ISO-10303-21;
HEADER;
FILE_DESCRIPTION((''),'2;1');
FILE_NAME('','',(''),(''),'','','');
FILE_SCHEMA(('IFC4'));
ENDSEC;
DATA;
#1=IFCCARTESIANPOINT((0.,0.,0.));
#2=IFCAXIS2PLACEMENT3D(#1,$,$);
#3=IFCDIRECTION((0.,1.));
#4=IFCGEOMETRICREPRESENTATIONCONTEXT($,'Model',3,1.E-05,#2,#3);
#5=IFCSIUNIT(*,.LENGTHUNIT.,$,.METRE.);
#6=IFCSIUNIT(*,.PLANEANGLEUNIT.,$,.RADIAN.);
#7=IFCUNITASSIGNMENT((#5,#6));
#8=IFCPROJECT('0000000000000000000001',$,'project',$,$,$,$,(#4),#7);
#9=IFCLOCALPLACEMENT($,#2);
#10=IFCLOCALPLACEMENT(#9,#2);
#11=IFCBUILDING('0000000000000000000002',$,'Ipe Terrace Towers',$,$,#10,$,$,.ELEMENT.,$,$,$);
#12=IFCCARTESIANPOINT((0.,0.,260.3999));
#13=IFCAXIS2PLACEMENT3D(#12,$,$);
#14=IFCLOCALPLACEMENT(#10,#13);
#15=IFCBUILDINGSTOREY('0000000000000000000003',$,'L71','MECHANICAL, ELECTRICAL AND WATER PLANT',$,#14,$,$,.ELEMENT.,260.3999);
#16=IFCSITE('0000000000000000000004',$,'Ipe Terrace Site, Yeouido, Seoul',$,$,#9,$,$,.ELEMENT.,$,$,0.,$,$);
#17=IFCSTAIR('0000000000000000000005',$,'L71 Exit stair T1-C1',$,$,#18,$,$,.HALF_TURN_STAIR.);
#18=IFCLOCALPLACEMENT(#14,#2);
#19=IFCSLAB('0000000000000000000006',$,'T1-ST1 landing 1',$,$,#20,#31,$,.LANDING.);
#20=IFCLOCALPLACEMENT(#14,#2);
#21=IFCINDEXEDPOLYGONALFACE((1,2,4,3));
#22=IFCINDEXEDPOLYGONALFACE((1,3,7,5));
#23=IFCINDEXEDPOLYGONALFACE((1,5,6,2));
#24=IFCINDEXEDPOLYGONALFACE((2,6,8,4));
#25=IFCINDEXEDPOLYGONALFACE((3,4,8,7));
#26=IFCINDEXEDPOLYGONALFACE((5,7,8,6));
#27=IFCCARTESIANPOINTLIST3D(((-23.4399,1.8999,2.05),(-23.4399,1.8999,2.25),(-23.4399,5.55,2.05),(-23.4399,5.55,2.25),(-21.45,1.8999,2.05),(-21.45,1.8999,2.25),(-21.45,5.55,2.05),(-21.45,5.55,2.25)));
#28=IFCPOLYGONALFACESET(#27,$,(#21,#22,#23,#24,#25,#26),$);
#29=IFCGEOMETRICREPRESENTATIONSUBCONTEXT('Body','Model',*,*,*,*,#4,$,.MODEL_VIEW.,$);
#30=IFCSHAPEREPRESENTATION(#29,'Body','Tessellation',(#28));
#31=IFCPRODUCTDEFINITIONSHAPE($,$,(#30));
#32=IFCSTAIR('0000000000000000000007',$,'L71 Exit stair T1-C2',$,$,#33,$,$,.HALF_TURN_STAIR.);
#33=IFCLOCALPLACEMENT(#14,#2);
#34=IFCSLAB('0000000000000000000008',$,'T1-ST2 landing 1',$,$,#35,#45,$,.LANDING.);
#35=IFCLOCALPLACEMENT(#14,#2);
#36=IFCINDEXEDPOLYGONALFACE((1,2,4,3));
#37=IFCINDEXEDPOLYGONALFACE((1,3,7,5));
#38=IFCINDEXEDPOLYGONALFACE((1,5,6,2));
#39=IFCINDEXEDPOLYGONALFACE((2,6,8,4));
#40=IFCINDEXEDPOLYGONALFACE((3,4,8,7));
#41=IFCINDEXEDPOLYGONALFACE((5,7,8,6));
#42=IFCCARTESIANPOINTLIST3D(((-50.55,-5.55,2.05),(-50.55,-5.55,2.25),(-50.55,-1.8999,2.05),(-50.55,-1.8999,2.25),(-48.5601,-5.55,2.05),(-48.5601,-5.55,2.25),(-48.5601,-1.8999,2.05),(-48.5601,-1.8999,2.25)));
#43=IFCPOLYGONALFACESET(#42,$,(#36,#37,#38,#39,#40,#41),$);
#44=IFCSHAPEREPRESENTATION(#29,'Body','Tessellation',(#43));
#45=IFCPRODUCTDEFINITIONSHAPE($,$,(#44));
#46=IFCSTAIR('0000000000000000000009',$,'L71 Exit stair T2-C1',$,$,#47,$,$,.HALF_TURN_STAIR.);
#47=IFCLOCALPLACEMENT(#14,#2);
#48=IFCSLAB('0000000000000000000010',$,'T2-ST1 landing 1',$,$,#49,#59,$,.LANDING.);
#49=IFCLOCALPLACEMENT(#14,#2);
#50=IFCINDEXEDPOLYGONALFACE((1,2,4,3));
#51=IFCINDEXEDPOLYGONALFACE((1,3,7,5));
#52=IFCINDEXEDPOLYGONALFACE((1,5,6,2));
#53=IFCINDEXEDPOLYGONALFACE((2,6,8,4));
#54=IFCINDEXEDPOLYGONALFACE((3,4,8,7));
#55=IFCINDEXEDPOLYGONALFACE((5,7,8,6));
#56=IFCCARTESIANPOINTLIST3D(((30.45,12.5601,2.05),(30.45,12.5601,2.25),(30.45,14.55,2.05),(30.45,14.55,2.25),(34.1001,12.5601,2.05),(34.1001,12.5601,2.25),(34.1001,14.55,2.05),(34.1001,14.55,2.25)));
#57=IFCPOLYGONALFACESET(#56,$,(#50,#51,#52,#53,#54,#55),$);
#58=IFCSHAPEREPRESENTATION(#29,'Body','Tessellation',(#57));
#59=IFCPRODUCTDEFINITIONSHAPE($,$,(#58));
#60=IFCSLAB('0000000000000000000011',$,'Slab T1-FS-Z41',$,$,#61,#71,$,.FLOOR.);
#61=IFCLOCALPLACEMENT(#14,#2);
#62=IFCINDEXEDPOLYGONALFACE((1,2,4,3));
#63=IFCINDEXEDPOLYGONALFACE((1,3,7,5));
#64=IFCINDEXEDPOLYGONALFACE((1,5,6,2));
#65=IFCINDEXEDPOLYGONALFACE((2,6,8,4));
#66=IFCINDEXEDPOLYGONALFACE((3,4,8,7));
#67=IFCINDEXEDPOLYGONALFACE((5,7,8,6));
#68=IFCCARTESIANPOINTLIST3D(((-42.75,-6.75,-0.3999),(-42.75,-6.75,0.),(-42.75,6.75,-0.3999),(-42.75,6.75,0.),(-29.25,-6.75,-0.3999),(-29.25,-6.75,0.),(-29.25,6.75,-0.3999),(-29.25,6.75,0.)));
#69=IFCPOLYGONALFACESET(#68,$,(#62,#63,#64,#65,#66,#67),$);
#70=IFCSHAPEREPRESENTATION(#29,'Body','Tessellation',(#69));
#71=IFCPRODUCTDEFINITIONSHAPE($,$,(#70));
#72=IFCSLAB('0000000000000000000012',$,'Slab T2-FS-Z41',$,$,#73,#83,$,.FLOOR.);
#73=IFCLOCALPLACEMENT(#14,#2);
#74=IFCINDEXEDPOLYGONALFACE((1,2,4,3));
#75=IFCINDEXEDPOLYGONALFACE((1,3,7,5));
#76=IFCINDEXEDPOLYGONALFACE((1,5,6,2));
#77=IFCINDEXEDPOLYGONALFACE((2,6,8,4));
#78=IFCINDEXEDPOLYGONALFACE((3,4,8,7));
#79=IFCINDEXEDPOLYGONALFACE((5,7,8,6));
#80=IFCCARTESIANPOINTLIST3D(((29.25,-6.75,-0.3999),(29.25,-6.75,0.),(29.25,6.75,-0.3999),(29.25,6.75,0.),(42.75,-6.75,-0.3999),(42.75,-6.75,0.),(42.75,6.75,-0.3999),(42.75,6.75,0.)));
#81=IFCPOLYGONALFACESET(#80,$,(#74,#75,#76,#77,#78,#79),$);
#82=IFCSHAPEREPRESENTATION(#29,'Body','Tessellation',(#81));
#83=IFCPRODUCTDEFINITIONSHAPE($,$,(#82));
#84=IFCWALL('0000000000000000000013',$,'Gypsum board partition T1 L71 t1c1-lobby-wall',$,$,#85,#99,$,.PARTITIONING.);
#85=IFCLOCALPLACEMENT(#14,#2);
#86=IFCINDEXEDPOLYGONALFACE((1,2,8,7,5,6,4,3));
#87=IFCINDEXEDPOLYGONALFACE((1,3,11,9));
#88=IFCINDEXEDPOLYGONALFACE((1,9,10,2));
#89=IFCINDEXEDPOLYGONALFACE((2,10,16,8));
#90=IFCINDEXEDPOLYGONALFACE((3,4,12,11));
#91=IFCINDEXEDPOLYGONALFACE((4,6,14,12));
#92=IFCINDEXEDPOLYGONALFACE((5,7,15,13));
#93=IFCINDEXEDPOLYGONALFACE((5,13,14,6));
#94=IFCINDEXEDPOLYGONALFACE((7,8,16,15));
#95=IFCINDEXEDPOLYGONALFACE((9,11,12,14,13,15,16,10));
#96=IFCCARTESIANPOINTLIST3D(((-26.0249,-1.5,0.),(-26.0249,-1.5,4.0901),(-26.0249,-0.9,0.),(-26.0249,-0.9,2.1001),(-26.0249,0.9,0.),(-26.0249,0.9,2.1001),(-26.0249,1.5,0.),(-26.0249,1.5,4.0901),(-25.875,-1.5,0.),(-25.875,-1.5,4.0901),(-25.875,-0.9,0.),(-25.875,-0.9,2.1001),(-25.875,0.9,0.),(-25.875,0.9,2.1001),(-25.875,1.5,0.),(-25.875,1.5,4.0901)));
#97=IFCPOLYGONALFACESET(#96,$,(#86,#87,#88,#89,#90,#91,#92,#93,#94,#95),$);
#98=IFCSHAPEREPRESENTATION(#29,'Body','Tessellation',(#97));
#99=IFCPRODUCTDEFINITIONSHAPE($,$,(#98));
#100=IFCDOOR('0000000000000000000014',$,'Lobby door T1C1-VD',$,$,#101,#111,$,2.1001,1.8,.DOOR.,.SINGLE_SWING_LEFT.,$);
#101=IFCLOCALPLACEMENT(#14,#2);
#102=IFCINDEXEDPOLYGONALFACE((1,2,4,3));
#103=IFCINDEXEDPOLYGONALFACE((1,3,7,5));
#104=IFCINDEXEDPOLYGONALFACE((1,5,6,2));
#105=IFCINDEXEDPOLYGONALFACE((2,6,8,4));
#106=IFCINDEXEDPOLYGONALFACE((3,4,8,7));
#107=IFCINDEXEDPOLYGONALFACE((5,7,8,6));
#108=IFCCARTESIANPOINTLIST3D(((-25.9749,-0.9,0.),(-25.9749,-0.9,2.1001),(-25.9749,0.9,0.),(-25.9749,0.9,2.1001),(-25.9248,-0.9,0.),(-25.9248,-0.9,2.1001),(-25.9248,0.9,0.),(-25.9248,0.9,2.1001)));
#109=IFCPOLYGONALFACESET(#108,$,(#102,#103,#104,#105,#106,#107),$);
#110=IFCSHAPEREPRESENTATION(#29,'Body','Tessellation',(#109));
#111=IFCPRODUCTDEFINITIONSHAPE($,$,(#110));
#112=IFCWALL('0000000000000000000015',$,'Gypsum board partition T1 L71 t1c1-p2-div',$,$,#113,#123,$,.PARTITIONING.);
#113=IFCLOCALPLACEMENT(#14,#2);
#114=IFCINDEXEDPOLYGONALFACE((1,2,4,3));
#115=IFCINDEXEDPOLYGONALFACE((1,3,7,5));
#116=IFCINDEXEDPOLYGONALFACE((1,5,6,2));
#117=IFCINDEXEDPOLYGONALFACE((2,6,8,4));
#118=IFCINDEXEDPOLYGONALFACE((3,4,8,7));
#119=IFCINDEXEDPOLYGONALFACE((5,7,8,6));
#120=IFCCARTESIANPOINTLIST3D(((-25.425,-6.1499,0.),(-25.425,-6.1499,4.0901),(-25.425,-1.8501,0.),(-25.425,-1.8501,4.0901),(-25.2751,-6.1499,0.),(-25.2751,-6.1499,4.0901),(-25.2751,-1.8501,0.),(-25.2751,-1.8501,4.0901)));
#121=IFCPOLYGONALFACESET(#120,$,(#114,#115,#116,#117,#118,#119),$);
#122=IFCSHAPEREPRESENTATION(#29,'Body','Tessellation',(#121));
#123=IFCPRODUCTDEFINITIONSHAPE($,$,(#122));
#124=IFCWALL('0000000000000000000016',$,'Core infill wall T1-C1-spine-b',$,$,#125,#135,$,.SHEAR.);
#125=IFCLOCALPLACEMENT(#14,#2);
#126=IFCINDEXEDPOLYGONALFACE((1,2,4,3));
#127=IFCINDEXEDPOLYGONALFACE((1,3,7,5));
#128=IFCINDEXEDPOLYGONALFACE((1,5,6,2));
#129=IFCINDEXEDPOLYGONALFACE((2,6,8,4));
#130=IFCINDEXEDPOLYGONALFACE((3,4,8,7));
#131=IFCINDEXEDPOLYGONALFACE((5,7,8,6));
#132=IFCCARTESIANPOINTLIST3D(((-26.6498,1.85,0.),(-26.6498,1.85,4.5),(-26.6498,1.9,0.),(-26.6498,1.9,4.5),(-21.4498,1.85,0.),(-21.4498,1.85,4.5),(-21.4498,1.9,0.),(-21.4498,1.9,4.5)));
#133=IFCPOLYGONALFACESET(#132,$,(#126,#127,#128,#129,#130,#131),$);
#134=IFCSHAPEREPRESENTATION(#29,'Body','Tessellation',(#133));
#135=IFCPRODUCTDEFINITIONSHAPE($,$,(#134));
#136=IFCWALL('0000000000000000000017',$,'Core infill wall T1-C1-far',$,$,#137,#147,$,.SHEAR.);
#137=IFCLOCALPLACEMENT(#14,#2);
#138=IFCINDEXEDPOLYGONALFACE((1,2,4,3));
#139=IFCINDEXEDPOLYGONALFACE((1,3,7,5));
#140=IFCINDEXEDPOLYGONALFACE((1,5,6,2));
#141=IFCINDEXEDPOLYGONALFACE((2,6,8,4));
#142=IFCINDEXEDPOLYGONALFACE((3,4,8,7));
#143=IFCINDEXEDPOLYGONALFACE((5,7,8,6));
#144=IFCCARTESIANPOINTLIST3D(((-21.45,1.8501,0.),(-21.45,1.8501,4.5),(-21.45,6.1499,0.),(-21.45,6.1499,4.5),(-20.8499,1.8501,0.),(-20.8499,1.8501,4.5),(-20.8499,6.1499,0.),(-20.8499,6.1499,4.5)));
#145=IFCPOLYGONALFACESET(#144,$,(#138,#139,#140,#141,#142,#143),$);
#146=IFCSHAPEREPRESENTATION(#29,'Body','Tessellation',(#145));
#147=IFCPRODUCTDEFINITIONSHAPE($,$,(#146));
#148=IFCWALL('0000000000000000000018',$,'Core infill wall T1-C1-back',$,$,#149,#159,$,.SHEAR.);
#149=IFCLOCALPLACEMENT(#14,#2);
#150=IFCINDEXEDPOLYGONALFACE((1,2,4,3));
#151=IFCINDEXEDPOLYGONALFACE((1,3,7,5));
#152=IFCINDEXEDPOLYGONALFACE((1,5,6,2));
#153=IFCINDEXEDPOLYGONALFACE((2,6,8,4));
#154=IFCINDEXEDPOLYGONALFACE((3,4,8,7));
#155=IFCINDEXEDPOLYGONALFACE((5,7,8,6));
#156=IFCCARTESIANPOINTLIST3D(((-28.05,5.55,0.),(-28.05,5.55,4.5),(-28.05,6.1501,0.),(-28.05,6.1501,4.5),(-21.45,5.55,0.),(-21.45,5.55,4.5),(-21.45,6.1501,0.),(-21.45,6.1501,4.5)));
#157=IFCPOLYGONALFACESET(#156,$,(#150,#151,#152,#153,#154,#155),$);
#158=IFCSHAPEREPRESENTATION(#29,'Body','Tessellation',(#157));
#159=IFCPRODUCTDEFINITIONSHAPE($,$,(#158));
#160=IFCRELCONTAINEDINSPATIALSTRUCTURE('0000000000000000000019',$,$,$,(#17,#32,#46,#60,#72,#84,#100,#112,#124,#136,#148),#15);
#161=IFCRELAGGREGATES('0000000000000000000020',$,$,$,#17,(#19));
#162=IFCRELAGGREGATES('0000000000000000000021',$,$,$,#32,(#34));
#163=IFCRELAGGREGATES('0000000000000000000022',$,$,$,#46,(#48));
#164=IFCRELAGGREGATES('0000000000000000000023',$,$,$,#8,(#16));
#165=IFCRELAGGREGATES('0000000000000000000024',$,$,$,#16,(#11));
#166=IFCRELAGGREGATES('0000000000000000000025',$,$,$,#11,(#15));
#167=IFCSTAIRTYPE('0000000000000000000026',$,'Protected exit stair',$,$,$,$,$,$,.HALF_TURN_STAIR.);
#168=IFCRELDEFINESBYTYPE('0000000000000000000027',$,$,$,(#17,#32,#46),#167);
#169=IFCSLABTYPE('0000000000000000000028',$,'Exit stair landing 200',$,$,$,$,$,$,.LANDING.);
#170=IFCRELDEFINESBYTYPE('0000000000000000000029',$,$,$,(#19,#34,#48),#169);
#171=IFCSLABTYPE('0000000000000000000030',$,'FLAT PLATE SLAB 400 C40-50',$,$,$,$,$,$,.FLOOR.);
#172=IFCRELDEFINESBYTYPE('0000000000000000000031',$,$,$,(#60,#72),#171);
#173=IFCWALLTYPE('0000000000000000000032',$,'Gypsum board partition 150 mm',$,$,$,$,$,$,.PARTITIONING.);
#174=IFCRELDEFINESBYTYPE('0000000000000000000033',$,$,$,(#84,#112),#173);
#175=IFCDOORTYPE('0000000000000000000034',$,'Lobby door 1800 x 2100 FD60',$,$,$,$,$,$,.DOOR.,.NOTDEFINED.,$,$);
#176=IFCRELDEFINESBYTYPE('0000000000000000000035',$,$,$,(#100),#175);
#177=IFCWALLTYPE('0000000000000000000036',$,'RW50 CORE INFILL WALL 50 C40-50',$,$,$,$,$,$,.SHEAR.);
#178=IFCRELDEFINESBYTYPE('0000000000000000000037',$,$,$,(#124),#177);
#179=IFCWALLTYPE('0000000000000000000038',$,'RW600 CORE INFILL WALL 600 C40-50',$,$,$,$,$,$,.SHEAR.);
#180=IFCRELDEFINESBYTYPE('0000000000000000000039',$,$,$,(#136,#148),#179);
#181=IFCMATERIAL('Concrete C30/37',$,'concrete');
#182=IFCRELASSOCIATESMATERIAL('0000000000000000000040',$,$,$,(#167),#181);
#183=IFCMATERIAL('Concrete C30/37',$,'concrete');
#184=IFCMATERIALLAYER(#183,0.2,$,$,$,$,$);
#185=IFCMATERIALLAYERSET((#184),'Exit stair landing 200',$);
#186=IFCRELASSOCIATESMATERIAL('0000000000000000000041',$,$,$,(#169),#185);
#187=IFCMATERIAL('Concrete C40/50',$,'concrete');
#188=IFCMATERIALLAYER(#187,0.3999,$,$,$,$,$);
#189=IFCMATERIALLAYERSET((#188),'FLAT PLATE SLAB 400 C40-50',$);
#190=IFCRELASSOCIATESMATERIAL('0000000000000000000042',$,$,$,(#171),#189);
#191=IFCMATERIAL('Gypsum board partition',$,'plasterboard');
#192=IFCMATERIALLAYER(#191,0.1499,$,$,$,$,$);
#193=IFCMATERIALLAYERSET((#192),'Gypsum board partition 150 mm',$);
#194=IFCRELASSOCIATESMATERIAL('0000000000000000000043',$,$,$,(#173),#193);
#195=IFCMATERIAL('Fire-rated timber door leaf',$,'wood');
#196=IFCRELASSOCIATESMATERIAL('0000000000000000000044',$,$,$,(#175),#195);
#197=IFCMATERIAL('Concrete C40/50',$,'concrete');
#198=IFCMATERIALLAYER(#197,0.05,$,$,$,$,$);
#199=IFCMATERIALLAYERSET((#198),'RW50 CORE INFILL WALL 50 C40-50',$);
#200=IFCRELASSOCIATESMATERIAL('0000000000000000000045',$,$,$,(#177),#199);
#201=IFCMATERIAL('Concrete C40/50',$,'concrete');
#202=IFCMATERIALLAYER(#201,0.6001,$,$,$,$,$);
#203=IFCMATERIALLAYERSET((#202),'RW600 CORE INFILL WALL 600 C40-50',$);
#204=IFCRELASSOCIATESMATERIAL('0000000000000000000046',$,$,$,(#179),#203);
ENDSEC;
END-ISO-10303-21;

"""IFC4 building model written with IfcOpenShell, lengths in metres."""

from ifc_helpers import new_model, si_unit, direction, frame, frame_2d, origin, place, context, subcontext, project, spatial, polyline, rectangle, outline, extrude, material, layer, layer_set, type_object, element, fill, aggregate, save


model = new_model("IFC4")

# Units and contexts
model_context = context("Model", 3, precision=1e-05, world=origin(), true_north=direction((0.0, 1.0)))
body_context = subcontext(model_context, "Body", "Model", "MODEL_VIEW")
ifc_project = project(units=[si_unit("LENGTHUNIT", "METRE"), si_unit("PLANEANGLEUNIT", "RADIAN")], contexts=[model_context])

# Site, building, storey
site_placement = place(None, origin())
site = spatial("IfcSite", under=ifc_project, at=site_placement, Name="Ipe Terrace Site, Yeouido, Seoul", CompositionType="ELEMENT", RefElevation=0.0)
building_placement = place(site_placement, origin())
building = spatial("IfcBuilding", under=site, at=building_placement, Name="Ipe Terrace Towers", CompositionType="ELEMENT")
storey_placement = place(building_placement, frame((0.0, 0.0, 260.3999)))
storey = spatial("IfcBuildingStorey", under=building, at=storey_placement, Name="L71", Description="MECHANICAL, ELECTRICAL AND WATER PLANT", CompositionType="ELEMENT", Elevation=260.3999)

# Stairs, slabs
ifc_material_1 = material(Name="Concrete C30/37", Category="concrete")
stair_type = type_object("IfcStairType", Name="Protected exit stair", PredefinedType="HALF_TURN_STAIR", material=ifc_material_1)
stair_1_placement = place(storey_placement, origin())
stair_1 = element("IfcStair", 1, at=stair_1_placement, inside=storey, type_object=stair_type, Name="L71 Exit stair T1-C1", PredefinedType="HALF_TURN_STAIR")
ifc_material_2 = material(Name="Concrete C30/37", Category="concrete")
ifc_layer_1 = layer(ifc_material_2, 0.2)
ifc_layer_set_1 = layer_set([ifc_layer_1], Name="Exit stair landing 200")
slab_type_1 = type_object("IfcSlabType", Name="Exit stair landing 200", PredefinedType="LANDING", material=ifc_layer_set_1)
slab_1_placement = place(storey_placement, frame((0.0, 0.0, 2.05)))
slab_1 = element("IfcSlab", 2, at=slab_1_placement, type_object=slab_type_1, Name="T1-ST1 landing 1", PredefinedType="LANDING", context=body_context, shape_type="SweptSolid", body=[
    extrude(outline(polyline([(-23.4399, 1.8999), (-21.45, 1.8999), (-21.45, 5.55), (-23.4399, 5.55), (-23.4399, 1.8999)])), origin(), (0.0, 0.0, 1.0), 0.2),
])
aggregate(stair_1, [slab_1])
stair_2_placement = place(storey_placement, origin())
stair_2 = element("IfcStair", 3, at=stair_2_placement, inside=storey, type_object=stair_type, Name="L71 Exit stair T1-C2", PredefinedType="HALF_TURN_STAIR")
slab_2_placement = place(storey_placement, frame((0.0, 0.0, 2.05)))
slab_2 = element("IfcSlab", 4, at=slab_2_placement, type_object=slab_type_1, Name="T1-ST2 landing 1", PredefinedType="LANDING", context=body_context, shape_type="SweptSolid", body=[
    extrude(outline(polyline([(-48.5601, -1.8999), (-50.55, -1.8999), (-50.55, -5.55), (-48.5601, -5.55), (-48.5601, -1.8999)])), origin(), (0.0, 0.0, 1.0), 0.2),
])
aggregate(stair_2, [slab_2])
stair_3_placement = place(storey_placement, origin())
stair_3 = element("IfcStair", 5, at=stair_3_placement, inside=storey, type_object=stair_type, Name="L71 Exit stair T2-C1", PredefinedType="HALF_TURN_STAIR")
slab_3_placement = place(storey_placement, frame((0.0, 0.0, 2.05)))
slab_3 = element("IfcSlab", 6, at=slab_3_placement, type_object=slab_type_1, Name="T2-ST1 landing 1", PredefinedType="LANDING", context=body_context, shape_type="SweptSolid", body=[
    extrude(outline(polyline([(34.1001, 12.5601), (34.1001, 14.55), (30.45, 14.55), (30.45, 12.5601), (34.1001, 12.5601)])), origin(), (0.0, 0.0, 1.0), 0.2),
])
aggregate(stair_3, [slab_3])

# Slabs
ifc_material_3 = material(Name="Concrete C40/50", Category="concrete")
ifc_layer_2 = layer(ifc_material_3, 0.3999)
ifc_layer_set_2 = layer_set([ifc_layer_2], Name="FLAT PLATE SLAB 400 C40-50")
slab_type_2 = type_object("IfcSlabType", Name="FLAT PLATE SLAB 400 C40-50", PredefinedType="FLOOR", material=ifc_layer_set_2)
slab_4_placement = place(storey_placement, frame((0.0, 0.0, -0.3999)))
element("IfcSlab", 7, at=slab_4_placement, inside=storey, type_object=slab_type_2, Name="Slab T1-FS-Z41", PredefinedType="FLOOR", context=body_context, shape_type="SweptSolid", body=[
    extrude(outline(polyline([(-29.25, 6.75), (-29.25, -6.75), (-42.75, -6.75), (-42.75, 6.75), (-29.25, 6.75)])), origin(), (0.0, 0.0, 1.0), 0.3999),
])
slab_5_placement = place(storey_placement, frame((0.0, 0.0, -0.3999)))
element("IfcSlab", 8, at=slab_5_placement, inside=storey, type_object=slab_type_2, Name="Slab T2-FS-Z41", PredefinedType="FLOOR", context=body_context, shape_type="SweptSolid", body=[
    extrude(outline(polyline([(29.25, 6.75), (42.75, 6.75), (42.75, -6.75), (29.25, -6.75), (29.25, 6.75)])), origin(), (0.0, 0.0, 1.0), 0.3999),
])

# Wall, opening, door
ifc_material_4 = material(Name="Gypsum board partition", Category="plasterboard")
ifc_layer_3 = layer(ifc_material_4, 0.1499)
ifc_layer_set_3 = layer_set([ifc_layer_3], Name="Gypsum board partition 150 mm")
wall_type_1 = type_object("IfcWallType", Name="Gypsum board partition 150 mm", PredefinedType="PARTITIONING", material=ifc_layer_set_3)
wall_1_placement = place(storey_placement, frame((-25.95, -1.5, 0.0), z_axis=(0.0, 0.0, 1.0), x_axis=(0.0, 1.0, 0.0)))
wall_1 = element("IfcWall", 9, at=wall_1_placement, inside=storey, type_object=wall_type_1, Name="Gypsum board partition T1 L71 t1c1-lobby-wall", PredefinedType="PARTITIONING", context=body_context, shape_type="SweptSolid", body=[
    extrude(rectangle(XDim=3.0, YDim=0.1499, at=frame_2d((1.5, 0.0))), origin(), (0.0, 0.0, 1.0), 4.0901),
])
opening_1_placement = place(wall_1_placement, frame((0.6001, 0.0, 0.0)))
opening_1 = element("IfcOpeningElement", 10, at=opening_1_placement, cuts=wall_1, PredefinedType="OPENING", context=body_context, shape_type="SweptSolid", body=[
    extrude(rectangle(XDim=1.8, YDim=2.1001, at=frame_2d((0.8999, 1.05))), frame((0.0, 0.085, 0.0), z_axis=(0.0, -1.0, 0.0), x_axis=(1.0, 0.0, 0.0)), (0.0, 0.0, 1.0), 0.1699),
])
ifc_material_5 = material(Name="Fire-rated timber door leaf", Category="wood")
door_type = type_object("IfcDoorType", Name="Lobby door 1800 x 2100 FD60", OperationType="NOTDEFINED", PredefinedType="DOOR", material=ifc_material_5)
door_placement = place(opening_1_placement, origin())
door = element("IfcDoor", 11, at=door_placement, inside=storey, type_object=door_type, Name="Lobby door T1C1-VD", OperationType="SINGLE_SWING_LEFT", OverallHeight=2.1001, OverallWidth=1.8, PredefinedType="DOOR", context=body_context, shape_type="SweptSolid", body=[
    extrude(rectangle(XDim=1.8, YDim=2.1001, at=frame_2d((0.8999, 1.05))), frame((0.0, 0.0249, 0.0), z_axis=(0.0, -1.0, 0.0), x_axis=(1.0, 0.0, 0.0)), (0.0, 0.0, 1.0), 0.05),
])
fill(opening_1, door)

# Walls
wall_2_placement = place(storey_placement, frame((-25.3501, -6.1499, 0.0), z_axis=(0.0, 0.0, 1.0), x_axis=(0.0, 1.0, 0.0)))
element("IfcWall", 12, at=wall_2_placement, inside=storey, type_object=wall_type_1, Name="Gypsum board partition T1 L71 t1c1-p2-div", PredefinedType="PARTITIONING", context=body_context, shape_type="SweptSolid", body=[
    extrude(rectangle(XDim=4.2998, YDim=0.1499, at=frame_2d((2.1499, 0.0))), origin(), (0.0, 0.0, 1.0), 4.0901),
])
ifc_material_6 = material(Name="Concrete C40/50", Category="concrete")
ifc_layer_4 = layer(ifc_material_6, 0.05)
ifc_layer_set_4 = layer_set([ifc_layer_4], Name="RW50 CORE INFILL WALL 50 C40-50")
wall_type_2 = type_object("IfcWallType", Name="RW50 CORE INFILL WALL 50 C40-50", PredefinedType="SHEAR", material=ifc_layer_set_4)
wall_3_placement = place(storey_placement, frame((-26.6499, 1.875, 0.0), z_axis=(0.0, 0.0, 1.0), x_axis=(1.0, 0.0, 0.0)))
element("IfcWall", 13, at=wall_3_placement, inside=storey, type_object=wall_type_2, Name="Core infill wall T1-C1-spine-b", PredefinedType="SHEAR", context=body_context, shape_type="SweptSolid", body=[
    extrude(rectangle(XDim=5.2, YDim=0.05, at=frame_2d((2.6001, 0.0))), origin(), (0.0, 0.0, 1.0), 4.5),
])
ifc_material_7 = material(Name="Concrete C40/50", Category="concrete")
ifc_layer_5 = layer(ifc_material_7, 0.6001)
ifc_layer_set_5 = layer_set([ifc_layer_5], Name="RW600 CORE INFILL WALL 600 C40-50")
wall_type_3 = type_object("IfcWallType", Name="RW600 CORE INFILL WALL 600 C40-50", PredefinedType="SHEAR", material=ifc_layer_set_5)
wall_4_placement = place(storey_placement, frame((-21.1499, 1.8501, 0.0), z_axis=(0.0, 0.0, 1.0), x_axis=(0.0, 1.0, 0.0)))
element("IfcWall", 14, at=wall_4_placement, inside=storey, type_object=wall_type_3, Name="Core infill wall T1-C1-far", PredefinedType="SHEAR", context=body_context, shape_type="SweptSolid", body=[
    extrude(rectangle(XDim=4.2998, YDim=0.6001, at=frame_2d((2.1499, 0.0))), origin(), (0.0, 0.0, 1.0), 4.5),
])
wall_5_placement = place(storey_placement, frame((-28.05, 5.8501, 0.0), z_axis=(0.0, 0.0, 1.0), x_axis=(1.0, 0.0, 0.0)))
element("IfcWall", 15, at=wall_5_placement, inside=storey, type_object=wall_type_3, Name="Core infill wall T1-C1-back", PredefinedType="SHEAR", context=body_context, shape_type="SweptSolid", body=[
    extrude(rectangle(XDim=6.6001, YDim=0.6001, at=frame_2d((3.3, 0.0))), origin(), (0.0, 0.0, 1.0), 4.5),
])

save(model, "model.ifc")
